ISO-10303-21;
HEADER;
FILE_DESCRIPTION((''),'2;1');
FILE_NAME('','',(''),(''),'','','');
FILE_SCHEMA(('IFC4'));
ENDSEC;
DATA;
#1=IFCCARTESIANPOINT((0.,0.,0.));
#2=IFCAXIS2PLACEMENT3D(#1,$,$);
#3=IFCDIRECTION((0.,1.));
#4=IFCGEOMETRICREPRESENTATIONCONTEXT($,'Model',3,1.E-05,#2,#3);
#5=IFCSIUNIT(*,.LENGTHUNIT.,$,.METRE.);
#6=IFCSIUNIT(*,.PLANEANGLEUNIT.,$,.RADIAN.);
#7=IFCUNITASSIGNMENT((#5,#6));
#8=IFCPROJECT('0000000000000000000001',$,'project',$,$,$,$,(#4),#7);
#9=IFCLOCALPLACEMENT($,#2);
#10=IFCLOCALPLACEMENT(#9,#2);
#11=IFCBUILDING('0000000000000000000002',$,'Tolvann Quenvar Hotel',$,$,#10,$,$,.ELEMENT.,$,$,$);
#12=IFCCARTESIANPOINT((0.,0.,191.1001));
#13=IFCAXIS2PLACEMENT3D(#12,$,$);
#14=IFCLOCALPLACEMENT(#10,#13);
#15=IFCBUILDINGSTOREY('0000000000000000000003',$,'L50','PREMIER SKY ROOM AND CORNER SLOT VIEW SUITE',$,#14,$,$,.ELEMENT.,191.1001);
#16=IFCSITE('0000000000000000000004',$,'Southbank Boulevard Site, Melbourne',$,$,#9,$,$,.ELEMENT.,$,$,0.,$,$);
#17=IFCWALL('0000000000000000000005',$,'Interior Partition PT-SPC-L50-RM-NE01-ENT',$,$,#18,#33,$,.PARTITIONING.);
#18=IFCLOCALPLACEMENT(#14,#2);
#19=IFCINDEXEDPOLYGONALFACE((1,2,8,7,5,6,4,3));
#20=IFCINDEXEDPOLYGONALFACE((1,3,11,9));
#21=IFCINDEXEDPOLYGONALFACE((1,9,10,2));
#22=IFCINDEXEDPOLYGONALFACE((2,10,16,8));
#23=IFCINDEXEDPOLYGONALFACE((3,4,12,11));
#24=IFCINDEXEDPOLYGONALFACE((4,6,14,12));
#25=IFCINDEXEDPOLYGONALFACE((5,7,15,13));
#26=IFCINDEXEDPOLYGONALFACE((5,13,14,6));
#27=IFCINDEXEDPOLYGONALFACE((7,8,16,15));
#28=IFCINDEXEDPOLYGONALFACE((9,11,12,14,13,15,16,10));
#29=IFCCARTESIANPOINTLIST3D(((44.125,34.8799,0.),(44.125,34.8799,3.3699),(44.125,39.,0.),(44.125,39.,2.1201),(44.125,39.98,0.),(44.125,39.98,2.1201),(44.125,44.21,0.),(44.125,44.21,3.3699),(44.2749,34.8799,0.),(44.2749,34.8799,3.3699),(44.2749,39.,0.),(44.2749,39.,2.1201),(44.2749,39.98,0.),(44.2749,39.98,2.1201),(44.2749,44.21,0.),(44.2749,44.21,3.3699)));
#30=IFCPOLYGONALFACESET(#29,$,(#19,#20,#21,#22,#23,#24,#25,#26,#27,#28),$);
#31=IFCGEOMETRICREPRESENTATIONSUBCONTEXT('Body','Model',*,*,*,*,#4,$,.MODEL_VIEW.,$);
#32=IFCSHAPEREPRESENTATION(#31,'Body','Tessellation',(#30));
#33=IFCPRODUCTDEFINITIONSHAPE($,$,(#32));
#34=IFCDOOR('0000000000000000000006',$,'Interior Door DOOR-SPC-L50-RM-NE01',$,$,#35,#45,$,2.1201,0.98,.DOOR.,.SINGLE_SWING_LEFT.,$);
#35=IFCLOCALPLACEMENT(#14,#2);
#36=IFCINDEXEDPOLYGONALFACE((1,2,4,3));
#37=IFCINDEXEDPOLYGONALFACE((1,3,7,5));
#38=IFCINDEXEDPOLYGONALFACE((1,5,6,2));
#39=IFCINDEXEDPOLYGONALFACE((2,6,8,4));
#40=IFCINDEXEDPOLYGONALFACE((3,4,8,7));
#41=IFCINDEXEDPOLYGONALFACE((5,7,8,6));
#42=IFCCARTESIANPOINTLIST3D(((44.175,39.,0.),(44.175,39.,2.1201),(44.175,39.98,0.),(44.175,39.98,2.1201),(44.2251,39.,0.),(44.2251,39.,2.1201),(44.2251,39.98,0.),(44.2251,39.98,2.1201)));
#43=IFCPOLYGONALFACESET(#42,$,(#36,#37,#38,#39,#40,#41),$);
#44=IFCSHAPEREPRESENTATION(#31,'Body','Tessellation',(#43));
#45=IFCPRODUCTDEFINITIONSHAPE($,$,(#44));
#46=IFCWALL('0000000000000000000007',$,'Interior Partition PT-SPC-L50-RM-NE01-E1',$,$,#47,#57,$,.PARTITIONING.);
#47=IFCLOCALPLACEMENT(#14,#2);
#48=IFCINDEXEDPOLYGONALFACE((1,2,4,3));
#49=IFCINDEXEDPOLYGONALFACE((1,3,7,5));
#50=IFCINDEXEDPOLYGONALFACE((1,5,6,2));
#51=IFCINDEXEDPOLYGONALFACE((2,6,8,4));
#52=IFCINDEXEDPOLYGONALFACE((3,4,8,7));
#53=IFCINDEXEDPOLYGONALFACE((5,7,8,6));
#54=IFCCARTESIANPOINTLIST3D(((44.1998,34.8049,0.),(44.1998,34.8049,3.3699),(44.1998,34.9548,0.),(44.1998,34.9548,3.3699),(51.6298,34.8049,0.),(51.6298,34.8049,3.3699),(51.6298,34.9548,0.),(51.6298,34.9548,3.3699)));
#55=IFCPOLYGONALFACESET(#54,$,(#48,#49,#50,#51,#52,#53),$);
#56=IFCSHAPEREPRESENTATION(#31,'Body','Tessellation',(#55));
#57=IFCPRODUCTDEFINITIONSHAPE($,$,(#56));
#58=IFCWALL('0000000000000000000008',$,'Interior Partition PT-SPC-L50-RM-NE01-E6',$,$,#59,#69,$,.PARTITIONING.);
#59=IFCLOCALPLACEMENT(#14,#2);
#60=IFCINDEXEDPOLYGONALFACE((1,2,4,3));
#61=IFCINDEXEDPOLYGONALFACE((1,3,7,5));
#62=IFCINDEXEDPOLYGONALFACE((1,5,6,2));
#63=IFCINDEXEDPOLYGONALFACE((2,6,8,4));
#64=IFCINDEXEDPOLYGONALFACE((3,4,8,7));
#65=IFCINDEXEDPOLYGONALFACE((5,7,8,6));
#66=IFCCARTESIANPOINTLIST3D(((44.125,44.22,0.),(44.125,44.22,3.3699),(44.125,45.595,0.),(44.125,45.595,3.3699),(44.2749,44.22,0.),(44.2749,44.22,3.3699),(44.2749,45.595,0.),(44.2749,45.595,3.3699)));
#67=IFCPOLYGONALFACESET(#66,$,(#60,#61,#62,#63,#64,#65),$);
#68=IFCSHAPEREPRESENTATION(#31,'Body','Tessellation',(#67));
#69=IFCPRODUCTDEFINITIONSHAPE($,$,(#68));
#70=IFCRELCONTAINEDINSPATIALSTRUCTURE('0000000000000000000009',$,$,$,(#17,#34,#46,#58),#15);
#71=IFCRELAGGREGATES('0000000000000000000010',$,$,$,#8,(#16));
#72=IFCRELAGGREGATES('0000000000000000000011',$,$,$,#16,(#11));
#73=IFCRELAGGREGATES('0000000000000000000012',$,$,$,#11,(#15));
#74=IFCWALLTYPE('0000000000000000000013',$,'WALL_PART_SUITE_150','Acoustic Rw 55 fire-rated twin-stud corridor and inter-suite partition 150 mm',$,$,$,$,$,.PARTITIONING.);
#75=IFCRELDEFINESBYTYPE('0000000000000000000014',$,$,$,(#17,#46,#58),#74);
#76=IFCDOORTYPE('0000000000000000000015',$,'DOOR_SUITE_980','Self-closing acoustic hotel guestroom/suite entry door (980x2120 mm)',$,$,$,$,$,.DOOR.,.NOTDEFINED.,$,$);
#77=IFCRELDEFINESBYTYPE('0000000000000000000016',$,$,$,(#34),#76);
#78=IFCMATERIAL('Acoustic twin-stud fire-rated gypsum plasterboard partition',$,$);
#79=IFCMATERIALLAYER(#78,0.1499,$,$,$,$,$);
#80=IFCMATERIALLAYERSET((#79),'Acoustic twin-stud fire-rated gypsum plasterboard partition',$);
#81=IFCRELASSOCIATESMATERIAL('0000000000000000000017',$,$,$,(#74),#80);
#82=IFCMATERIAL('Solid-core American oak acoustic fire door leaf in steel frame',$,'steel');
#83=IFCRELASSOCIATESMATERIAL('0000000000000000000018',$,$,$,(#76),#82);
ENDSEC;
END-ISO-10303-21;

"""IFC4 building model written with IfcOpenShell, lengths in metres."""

from ifc_helpers import new_model, si_unit, direction, frame, frame_2d, origin, place, context, subcontext, project, spatial, rectangle, extrude, source, transform, mapped, material, layer, layer_set, type_object, type_shapes, element, fill, save


model = new_model("IFC4")

# Units and contexts
model_context = context("Model", 3, precision=1e-05, world=origin(), true_north=direction((0.0, 1.0)))
body_context = subcontext(model_context, "Body", "Model", "MODEL_VIEW")
ifc_project = project(units=[si_unit("LENGTHUNIT", "METRE"), si_unit("PLANEANGLEUNIT", "RADIAN")], contexts=[model_context])

# Site, building, storey
site_placement = place(None, origin())
site = spatial("IfcSite", under=ifc_project, at=site_placement, Name="Southbank Boulevard Site, Melbourne", CompositionType="ELEMENT", RefElevation=0.0)
building_placement = place(site_placement, origin())
building = spatial("IfcBuilding", under=site, at=building_placement, Name="Tolvann Quenvar Hotel", CompositionType="ELEMENT")
storey_placement = place(building_placement, frame((0.0, 0.0, 191.1001)))
storey = spatial("IfcBuildingStorey", under=building, at=storey_placement, Name="L50", Description="PREMIER SKY ROOM AND CORNER SLOT VIEW SUITE", CompositionType="ELEMENT", Elevation=191.1001)

# Shared definitions
ifc_material_1 = material(Name="Acoustic twin-stud fire-rated gypsum plasterboard partition")
ifc_layer_1 = layer(ifc_material_1, 0.1499)
ifc_layer_set_1 = layer_set([ifc_layer_1], Name="Acoustic twin-stud fire-rated gypsum plasterboard partition")
wall_type_1 = type_object("IfcWallType", Name="WALL_PART_SUITE_150", Description="Acoustic Rw 55 fire-rated twin-stud corridor and inter-suite partition 150 mm", PredefinedType="PARTITIONING", material=ifc_layer_set_1)

# Wall, opening, door
wall_1_placement = place(storey_placement, frame((44.2, 34.8799, 0.0), z_axis=(0.0, 0.0, 1.0), x_axis=(0.0, 1.0, 0.0)))
wall_1 = element("IfcWall", 1, at=wall_1_placement, inside=storey, type_object=wall_type_1, Name="Interior Partition PT-SPC-L50-RM-NE01-ENT", PredefinedType="PARTITIONING", context=body_context, shape_type="SweptSolid", body=[
    extrude(rectangle(XDim=9.3301, YDim=0.1499, at=frame_2d((4.665, 0.0))), origin(), (0.0, 0.0, 1.0), 3.3699),
])
opening_placement = place(wall_1_placement, frame((4.1201, 0.0, 0.0)))
opening = element("IfcOpeningElement", 2, at=opening_placement, cuts=wall_1, PredefinedType="OPENING", context=body_context, shape_type="SweptSolid", body=[
    extrude(rectangle(XDim=0.98, YDim=2.1201, at=frame_2d((0.49, 1.0601))), frame((0.0, 0.085, 0.0), z_axis=(0.0, -1.0, 0.0), x_axis=(1.0, 0.0, 0.0)), (0.0, 0.0, 1.0), 0.1699),
])
ifc_material_2 = material(Name="Solid-core American oak acoustic fire door leaf in steel frame", Category="steel")
door_type = type_object("IfcDoorType", Name="DOOR_SUITE_980", Description="Self-closing acoustic hotel guestroom/suite entry door (980x2120 mm)", OperationType="NOTDEFINED", PredefinedType="DOOR", material=ifc_material_2)
shared_shape_1 = source(origin(), body_context, "Body", "SweptSolid", [
    extrude(rectangle(XDim=0.98, YDim=2.1201, at=frame_2d((0.49, 1.0601))), frame((0.0, 0.0249, 0.0), z_axis=(0.0, -1.0, 0.0), x_axis=(1.0, 0.0, 0.0)), (0.0, 0.0, 1.0), 0.05),
])
type_shapes(door_type, [shared_shape_1])
door_placement = place(opening_placement, origin())
door = element("IfcDoor", 3, at=door_placement, inside=storey, type_object=door_type, Name="Interior Door DOOR-SPC-L50-RM-NE01", OperationType="SINGLE_SWING_LEFT", OverallHeight=2.1201, OverallWidth=0.98, PredefinedType="DOOR", context=body_context, shape_type="MappedRepresentation", body=[
    mapped(shared_shape_1, transform((0.0, 0.0, 0.0), x_axis=(1.0, 0.0, 0.0), y_axis=(0.0, 1.0, 0.0), z_axis=(0.0, 0.0, 1.0), scale=1.0)),
])
fill(opening, door)

# Walls
wall_2_placement = place(storey_placement, frame((44.2, 34.8799, 0.0), z_axis=(0.0, 0.0, 1.0), x_axis=(1.0, 0.0, 0.0)))
element("IfcWall", 4, at=wall_2_placement, inside=storey, type_object=wall_type_1, Name="Interior Partition PT-SPC-L50-RM-NE01-E1", PredefinedType="PARTITIONING", context=body_context, shape_type="SweptSolid", body=[
    extrude(rectangle(XDim=7.4299, YDim=0.1499, at=frame_2d((3.7148, 0.0))), origin(), (0.0, 0.0, 1.0), 3.3699),
])
wall_3_placement = place(storey_placement, frame((44.2, 44.22, 0.0), z_axis=(0.0, 0.0, 1.0), x_axis=(0.0, 1.0, 0.0)))
element("IfcWall", 5, at=wall_3_placement, inside=storey, type_object=wall_type_1, Name="Interior Partition PT-SPC-L50-RM-NE01-E6", PredefinedType="PARTITIONING", context=body_context, shape_type="SweptSolid", body=[
    extrude(rectangle(XDim=1.375, YDim=0.1499, at=frame_2d((0.6875, 0.0))), origin(), (0.0, 0.0, 1.0), 3.3699),
])

save(model, "model.ifc")
